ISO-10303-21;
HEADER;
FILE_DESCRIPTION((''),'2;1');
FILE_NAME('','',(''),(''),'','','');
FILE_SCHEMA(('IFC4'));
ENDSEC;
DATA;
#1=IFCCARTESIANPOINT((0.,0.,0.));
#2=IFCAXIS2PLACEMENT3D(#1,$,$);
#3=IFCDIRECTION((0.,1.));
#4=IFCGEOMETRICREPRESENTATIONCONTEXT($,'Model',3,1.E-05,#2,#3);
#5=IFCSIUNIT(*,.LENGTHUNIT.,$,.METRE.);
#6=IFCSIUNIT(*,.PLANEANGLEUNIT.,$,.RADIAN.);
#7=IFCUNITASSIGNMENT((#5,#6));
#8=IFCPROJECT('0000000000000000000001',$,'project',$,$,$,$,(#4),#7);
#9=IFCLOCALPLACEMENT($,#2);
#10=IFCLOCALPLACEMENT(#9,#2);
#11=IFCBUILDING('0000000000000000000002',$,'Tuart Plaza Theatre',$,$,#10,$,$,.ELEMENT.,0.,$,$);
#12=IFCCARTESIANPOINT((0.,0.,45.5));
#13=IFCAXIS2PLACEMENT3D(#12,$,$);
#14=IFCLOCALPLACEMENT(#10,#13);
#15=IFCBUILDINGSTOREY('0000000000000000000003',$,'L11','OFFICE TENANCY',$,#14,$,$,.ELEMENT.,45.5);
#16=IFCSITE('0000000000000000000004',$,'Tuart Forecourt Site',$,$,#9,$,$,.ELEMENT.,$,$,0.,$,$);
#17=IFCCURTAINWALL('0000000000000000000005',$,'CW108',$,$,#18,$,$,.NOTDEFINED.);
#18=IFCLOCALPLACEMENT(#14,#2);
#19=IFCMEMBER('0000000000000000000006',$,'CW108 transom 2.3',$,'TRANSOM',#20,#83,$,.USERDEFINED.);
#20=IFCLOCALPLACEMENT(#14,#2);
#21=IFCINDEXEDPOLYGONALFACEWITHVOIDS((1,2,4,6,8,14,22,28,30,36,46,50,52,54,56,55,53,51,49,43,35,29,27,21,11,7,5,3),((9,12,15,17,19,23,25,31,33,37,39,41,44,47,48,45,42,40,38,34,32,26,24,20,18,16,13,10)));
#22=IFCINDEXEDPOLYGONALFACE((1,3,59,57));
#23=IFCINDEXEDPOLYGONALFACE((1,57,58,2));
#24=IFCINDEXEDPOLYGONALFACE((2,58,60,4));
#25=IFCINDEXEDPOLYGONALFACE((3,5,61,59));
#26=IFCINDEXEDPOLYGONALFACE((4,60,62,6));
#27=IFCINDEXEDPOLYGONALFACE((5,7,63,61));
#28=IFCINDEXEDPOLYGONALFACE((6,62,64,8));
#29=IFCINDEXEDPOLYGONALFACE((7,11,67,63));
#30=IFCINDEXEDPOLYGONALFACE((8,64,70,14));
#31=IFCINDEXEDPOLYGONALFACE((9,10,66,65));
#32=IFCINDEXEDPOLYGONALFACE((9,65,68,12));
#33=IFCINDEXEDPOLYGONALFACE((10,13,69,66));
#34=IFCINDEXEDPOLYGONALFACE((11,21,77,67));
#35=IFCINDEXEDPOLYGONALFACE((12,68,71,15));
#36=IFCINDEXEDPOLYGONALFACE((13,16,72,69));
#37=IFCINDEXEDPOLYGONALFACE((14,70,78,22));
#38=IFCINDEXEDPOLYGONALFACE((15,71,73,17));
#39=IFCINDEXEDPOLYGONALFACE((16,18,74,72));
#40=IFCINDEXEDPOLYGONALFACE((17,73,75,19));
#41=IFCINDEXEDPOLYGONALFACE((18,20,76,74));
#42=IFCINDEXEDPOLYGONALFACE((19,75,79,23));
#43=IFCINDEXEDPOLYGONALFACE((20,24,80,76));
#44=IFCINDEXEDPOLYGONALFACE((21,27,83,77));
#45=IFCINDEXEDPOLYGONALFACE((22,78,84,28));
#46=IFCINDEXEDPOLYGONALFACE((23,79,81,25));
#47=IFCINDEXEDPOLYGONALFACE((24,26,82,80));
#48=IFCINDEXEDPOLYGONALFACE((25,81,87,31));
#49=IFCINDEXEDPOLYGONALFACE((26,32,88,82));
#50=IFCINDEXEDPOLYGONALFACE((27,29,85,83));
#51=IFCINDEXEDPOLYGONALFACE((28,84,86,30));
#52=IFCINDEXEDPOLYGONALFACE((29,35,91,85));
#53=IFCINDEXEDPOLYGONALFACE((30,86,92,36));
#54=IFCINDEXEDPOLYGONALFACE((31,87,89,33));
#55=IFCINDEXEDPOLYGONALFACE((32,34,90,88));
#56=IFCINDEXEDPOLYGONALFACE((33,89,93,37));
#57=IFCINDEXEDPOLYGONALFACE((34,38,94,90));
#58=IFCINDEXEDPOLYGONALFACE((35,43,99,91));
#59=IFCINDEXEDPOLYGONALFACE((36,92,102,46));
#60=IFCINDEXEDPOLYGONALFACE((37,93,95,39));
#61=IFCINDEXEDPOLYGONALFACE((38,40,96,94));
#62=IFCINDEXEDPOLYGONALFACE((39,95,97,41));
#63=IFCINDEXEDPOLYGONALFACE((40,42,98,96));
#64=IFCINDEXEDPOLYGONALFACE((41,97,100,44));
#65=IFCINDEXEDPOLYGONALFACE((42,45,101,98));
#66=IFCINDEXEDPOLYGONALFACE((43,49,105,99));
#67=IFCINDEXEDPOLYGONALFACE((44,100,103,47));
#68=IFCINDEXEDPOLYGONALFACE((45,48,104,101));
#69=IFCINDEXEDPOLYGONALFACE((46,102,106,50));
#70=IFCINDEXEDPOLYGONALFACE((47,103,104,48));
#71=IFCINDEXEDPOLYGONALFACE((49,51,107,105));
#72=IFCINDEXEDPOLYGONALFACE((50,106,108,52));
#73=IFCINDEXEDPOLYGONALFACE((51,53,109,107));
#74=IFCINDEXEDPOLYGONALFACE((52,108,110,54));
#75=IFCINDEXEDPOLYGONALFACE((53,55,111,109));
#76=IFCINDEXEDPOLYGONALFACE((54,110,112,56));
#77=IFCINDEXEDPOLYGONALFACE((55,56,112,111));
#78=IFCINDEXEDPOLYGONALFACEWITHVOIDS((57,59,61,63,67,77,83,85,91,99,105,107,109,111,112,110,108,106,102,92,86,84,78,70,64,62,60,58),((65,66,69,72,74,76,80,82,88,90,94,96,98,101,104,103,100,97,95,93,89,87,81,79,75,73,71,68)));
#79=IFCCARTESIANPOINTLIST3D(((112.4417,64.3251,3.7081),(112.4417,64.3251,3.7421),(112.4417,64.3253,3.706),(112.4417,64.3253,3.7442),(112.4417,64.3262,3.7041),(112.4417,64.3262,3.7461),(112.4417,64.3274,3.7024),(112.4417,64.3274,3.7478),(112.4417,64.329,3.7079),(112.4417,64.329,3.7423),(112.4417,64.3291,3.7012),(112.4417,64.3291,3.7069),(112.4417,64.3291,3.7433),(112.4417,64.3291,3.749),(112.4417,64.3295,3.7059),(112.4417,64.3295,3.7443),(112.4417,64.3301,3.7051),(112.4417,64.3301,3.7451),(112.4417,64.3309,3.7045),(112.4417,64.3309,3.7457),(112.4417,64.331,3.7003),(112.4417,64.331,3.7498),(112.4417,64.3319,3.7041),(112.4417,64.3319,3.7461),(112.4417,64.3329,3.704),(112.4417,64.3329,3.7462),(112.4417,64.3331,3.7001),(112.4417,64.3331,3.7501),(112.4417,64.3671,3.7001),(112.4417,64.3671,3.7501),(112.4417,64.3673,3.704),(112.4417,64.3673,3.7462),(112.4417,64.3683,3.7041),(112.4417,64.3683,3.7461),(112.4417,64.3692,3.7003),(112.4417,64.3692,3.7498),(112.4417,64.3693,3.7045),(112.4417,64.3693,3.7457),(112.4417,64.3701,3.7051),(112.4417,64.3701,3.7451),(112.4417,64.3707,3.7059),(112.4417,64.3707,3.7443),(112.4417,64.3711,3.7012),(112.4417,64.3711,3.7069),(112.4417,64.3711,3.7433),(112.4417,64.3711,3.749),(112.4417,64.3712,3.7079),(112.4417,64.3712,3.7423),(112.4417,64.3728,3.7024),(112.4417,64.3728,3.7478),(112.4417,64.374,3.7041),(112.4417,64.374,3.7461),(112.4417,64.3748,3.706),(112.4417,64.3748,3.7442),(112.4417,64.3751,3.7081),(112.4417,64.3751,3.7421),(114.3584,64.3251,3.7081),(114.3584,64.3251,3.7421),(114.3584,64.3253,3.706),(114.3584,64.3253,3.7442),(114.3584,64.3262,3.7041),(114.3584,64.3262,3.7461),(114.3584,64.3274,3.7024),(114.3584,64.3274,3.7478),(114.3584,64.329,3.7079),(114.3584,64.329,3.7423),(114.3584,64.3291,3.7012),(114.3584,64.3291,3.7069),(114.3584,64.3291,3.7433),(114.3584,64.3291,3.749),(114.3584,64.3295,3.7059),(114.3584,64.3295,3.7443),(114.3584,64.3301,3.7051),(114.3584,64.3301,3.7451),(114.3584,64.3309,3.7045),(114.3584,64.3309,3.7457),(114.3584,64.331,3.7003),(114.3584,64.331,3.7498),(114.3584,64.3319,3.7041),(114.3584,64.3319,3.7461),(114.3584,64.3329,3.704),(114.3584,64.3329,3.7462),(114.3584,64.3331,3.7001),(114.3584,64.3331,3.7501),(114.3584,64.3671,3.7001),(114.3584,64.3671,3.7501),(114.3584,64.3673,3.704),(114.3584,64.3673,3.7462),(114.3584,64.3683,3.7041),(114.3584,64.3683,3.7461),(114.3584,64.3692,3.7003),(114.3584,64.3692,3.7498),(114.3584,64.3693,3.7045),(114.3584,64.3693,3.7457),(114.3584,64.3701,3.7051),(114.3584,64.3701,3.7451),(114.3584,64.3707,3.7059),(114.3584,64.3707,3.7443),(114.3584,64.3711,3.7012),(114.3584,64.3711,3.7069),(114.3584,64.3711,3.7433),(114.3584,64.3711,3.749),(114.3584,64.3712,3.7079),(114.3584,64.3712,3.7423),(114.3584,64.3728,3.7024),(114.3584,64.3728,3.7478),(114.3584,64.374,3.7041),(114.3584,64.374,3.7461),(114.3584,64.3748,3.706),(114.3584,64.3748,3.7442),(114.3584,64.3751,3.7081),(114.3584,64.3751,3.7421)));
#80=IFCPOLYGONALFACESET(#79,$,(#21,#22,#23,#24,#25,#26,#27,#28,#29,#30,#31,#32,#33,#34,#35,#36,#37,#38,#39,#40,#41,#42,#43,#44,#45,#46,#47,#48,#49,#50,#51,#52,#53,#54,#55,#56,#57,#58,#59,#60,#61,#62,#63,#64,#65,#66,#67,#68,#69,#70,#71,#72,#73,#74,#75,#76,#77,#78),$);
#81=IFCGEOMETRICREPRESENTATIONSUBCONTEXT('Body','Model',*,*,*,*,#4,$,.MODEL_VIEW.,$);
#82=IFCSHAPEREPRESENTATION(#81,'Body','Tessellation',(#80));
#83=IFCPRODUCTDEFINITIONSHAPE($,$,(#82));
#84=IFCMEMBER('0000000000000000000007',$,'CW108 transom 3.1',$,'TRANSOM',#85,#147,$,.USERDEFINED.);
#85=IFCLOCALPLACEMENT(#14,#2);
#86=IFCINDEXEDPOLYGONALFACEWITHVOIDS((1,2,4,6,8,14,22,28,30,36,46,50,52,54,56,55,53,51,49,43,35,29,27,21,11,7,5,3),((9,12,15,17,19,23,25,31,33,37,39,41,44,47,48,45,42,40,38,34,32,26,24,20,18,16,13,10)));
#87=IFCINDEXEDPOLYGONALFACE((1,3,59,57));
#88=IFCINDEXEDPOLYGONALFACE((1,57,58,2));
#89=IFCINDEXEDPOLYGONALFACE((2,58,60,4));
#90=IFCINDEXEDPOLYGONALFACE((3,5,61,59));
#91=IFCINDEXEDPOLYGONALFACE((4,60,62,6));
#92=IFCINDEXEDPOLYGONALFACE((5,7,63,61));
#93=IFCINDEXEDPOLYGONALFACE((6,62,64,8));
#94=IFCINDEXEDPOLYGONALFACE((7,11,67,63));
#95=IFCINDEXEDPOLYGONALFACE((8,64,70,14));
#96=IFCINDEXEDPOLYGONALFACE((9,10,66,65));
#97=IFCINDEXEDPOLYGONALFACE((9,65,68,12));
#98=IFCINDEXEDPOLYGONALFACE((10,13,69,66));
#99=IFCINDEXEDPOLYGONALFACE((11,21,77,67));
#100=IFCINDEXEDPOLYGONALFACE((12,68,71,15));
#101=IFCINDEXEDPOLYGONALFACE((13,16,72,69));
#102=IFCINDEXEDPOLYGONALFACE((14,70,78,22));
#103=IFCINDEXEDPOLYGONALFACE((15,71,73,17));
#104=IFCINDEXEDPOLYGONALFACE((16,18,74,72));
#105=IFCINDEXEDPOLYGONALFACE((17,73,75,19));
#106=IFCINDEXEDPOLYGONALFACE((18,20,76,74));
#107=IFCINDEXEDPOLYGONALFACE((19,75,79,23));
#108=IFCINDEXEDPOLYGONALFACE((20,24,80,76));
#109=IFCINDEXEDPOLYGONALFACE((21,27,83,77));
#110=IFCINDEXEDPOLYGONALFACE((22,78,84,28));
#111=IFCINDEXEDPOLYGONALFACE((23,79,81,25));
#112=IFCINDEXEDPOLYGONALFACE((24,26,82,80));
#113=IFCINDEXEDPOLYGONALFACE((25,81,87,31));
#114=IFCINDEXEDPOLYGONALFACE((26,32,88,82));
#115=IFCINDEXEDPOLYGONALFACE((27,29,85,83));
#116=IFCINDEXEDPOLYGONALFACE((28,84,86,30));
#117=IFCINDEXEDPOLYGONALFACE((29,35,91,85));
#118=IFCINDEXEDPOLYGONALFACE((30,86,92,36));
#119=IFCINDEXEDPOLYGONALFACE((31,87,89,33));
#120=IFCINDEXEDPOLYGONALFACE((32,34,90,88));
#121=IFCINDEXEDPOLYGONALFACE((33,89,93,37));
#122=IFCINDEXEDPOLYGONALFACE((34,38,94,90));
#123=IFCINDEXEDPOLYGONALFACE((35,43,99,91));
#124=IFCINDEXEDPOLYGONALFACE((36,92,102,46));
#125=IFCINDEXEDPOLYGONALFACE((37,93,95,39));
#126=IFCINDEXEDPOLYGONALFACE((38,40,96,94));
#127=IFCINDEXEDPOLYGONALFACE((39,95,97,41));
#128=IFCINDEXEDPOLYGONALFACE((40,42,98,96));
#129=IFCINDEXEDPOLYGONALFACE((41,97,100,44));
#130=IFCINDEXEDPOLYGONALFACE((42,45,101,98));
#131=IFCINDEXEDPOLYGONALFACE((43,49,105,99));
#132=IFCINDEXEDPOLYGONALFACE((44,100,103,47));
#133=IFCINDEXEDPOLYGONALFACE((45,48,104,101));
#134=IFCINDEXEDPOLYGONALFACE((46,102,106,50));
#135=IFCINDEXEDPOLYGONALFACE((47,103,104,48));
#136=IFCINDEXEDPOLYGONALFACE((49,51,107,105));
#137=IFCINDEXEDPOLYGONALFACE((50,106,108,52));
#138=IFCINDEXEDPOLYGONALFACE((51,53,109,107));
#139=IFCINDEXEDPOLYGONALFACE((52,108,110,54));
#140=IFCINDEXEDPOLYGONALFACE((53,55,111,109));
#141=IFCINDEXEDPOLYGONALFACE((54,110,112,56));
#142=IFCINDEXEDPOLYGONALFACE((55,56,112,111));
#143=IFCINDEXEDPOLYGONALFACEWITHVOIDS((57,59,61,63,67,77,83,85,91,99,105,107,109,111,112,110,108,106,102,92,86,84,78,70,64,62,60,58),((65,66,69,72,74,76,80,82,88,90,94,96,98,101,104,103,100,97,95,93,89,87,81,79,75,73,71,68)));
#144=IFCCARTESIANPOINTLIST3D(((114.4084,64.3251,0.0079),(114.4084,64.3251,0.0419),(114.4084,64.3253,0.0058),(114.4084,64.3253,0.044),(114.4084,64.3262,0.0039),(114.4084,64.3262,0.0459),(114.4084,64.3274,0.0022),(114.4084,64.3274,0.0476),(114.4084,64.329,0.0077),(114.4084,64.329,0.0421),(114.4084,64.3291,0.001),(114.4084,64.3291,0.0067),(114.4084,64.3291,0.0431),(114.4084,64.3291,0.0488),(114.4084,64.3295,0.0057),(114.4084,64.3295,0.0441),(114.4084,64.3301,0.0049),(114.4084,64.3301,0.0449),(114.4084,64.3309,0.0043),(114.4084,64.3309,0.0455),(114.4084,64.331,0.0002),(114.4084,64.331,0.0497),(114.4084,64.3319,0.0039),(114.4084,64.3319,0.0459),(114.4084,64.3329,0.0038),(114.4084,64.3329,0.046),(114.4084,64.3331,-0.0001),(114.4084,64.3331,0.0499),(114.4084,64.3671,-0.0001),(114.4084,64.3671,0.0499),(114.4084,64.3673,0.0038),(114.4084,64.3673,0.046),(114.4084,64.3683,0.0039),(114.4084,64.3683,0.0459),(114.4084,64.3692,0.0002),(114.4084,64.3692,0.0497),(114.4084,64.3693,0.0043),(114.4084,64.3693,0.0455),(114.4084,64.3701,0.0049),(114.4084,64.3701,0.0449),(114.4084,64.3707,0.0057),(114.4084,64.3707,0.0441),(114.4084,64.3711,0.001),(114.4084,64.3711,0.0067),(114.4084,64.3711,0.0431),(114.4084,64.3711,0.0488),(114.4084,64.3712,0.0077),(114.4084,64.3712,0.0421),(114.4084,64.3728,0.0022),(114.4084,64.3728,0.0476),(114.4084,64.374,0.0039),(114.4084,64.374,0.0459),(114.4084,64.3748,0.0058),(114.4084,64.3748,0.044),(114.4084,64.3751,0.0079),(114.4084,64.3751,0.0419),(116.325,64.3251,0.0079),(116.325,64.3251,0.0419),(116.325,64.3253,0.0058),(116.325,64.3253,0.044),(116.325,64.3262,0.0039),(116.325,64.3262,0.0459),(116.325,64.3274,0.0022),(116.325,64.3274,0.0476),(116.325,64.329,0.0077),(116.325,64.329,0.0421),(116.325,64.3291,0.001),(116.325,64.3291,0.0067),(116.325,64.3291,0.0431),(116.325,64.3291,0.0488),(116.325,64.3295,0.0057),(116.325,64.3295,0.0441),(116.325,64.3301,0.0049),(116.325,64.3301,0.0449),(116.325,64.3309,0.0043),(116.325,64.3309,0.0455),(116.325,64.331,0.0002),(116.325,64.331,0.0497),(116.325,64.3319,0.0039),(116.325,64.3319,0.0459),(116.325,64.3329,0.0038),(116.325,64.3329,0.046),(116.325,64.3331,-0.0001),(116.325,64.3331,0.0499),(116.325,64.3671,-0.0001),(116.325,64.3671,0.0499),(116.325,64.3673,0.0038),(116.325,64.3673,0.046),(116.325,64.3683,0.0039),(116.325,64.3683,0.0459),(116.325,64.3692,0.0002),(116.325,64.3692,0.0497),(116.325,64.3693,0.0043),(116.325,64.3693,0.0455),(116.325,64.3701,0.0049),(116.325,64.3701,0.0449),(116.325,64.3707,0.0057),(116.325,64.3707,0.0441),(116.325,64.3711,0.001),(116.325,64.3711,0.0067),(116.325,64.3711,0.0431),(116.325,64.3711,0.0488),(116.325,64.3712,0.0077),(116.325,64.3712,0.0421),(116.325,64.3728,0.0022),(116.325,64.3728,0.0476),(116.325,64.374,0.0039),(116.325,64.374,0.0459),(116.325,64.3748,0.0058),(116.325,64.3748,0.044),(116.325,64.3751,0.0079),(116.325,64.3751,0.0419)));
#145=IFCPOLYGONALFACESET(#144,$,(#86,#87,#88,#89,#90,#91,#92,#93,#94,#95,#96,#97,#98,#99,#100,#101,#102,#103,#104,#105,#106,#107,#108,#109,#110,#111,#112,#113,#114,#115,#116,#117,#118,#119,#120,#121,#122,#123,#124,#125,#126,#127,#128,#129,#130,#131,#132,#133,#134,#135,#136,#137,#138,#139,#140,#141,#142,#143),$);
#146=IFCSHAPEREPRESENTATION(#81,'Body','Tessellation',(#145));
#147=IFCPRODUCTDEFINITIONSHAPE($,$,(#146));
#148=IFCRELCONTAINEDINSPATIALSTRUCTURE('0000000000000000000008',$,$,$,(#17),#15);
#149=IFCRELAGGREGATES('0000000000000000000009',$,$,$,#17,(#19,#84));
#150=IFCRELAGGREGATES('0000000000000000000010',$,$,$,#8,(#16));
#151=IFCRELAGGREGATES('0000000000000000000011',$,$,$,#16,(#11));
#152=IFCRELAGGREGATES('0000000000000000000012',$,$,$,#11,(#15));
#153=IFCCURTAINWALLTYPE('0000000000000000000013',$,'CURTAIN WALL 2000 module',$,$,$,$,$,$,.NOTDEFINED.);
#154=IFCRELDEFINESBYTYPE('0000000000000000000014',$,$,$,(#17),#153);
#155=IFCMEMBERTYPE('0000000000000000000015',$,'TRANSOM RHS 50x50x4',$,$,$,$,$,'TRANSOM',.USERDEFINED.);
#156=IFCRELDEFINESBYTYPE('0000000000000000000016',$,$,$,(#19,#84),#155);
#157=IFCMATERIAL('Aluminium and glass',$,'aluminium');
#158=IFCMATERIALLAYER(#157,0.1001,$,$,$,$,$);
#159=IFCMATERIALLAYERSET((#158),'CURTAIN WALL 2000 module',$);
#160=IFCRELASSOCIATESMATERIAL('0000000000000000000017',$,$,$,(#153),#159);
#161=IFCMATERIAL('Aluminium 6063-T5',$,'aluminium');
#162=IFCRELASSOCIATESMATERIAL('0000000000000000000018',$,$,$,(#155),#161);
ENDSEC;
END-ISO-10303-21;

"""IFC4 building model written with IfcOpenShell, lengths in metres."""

from ifc_helpers import new_model, si_unit, direction, frame, origin, origin_2d, place, context, subcontext, project, spatial, hollow_rectangle, extrude, material, layer, layer_set, material_profile, profile_set, type_object, element, aggregate, save


model = new_model("IFC4")

# Units and contexts
model_context = context("Model", 3, precision=1e-05, world=origin(), true_north=direction((0.0, 1.0)))
body_context = subcontext(model_context, "Body", "Model", "MODEL_VIEW")
ifc_project = project(units=[si_unit("LENGTHUNIT", "METRE"), si_unit("PLANEANGLEUNIT", "RADIAN")], contexts=[model_context])

# Site, building, storey
site_placement = place(None, origin())
site = spatial("IfcSite", under=ifc_project, at=site_placement, Name="Tuart Forecourt Site", CompositionType="ELEMENT", RefElevation=0.0)
building_placement = place(site_placement, origin())
building = spatial("IfcBuilding", under=site, at=building_placement, Name="Tuart Plaza Theatre", CompositionType="ELEMENT", ElevationOfRefHeight=0.0)
storey_placement = place(building_placement, frame((0.0, 0.0, 45.5)))
storey = spatial("IfcBuildingStorey", under=building, at=storey_placement, Name="L11", Description="OFFICE TENANCY", CompositionType="ELEMENT", Elevation=45.5)

# Curtain wall
ifc_material_1 = material(Name="Aluminium and glass", Category="aluminium")
ifc_layer_1 = layer(ifc_material_1, 0.1001)
ifc_layer_set_1 = layer_set([ifc_layer_1], Name="CURTAIN WALL 2000 module")
curtain_wall_type = type_object("IfcCurtainWallType", Name="CURTAIN WALL 2000 module", PredefinedType="NOTDEFINED", material=ifc_layer_set_1)
curtain_wall_1_placement = place(storey_placement, origin())
curtain_wall_1 = element("IfcCurtainWall", 1, at=curtain_wall_1_placement, inside=storey, type_object=curtain_wall_type, Name="CW108", PredefinedType="NOTDEFINED")
ifc_material_2 = material(Name="Aluminium 6063-T5", Category="aluminium")
ifc_material_profile_1 = material_profile(ifc_material_2, hollow_rectangle(XDim=0.05, YDim=0.05, WallThickness=0.0039, InnerFilletRadius=0.0039, OuterFilletRadius=0.0081, at=origin_2d()), Name="RHS 50x50x4")
ifc_profile_set_1 = profile_set([ifc_material_profile_1], Name="Aluminium 6063-T5")
member_type_1 = type_object("IfcMemberType", Name="TRANSOM RHS 50x50x4", ElementType="TRANSOM", PredefinedType="USERDEFINED", material=ifc_profile_set_1)

# Members
member_1_placement = place(storey_placement, frame((112.4417, 64.3501, 3.7251), z_axis=(1.0, 0.0, 0.0), x_axis=(0.0, 1.0, 0.0)))
member_1 = element("IfcMember", 2, at=member_1_placement, type_object=member_type_1, Name="CW108 transom 2.3", ObjectType="TRANSOM", PredefinedType="USERDEFINED", context=body_context, shape_type="SweptSolid", body=[
    extrude(hollow_rectangle(XDim=0.05, YDim=0.05, WallThickness=0.0039, InnerFilletRadius=0.0039, OuterFilletRadius=0.0081, at=origin_2d()), origin(), (0.0, 0.0, 1.0), 1.9167),
])
member_2_placement = place(storey_placement, frame((114.4084, 64.3501, 0.0249), z_axis=(1.0, 0.0, 0.0), x_axis=(0.0, 1.0, 0.0)))
member_2 = element("IfcMember", 3, at=member_2_placement, type_object=member_type_1, Name="CW108 transom 3.1", ObjectType="TRANSOM", PredefinedType="USERDEFINED", context=body_context, shape_type="SweptSolid", body=[
    extrude(hollow_rectangle(XDim=0.05, YDim=0.05, WallThickness=0.0039, InnerFilletRadius=0.0039, OuterFilletRadius=0.0081, at=origin_2d()), origin(), (0.0, 0.0, 1.0), 1.9165),
])

aggregate(curtain_wall_1, [member_1, member_2])

save(model, "model.ifc")
